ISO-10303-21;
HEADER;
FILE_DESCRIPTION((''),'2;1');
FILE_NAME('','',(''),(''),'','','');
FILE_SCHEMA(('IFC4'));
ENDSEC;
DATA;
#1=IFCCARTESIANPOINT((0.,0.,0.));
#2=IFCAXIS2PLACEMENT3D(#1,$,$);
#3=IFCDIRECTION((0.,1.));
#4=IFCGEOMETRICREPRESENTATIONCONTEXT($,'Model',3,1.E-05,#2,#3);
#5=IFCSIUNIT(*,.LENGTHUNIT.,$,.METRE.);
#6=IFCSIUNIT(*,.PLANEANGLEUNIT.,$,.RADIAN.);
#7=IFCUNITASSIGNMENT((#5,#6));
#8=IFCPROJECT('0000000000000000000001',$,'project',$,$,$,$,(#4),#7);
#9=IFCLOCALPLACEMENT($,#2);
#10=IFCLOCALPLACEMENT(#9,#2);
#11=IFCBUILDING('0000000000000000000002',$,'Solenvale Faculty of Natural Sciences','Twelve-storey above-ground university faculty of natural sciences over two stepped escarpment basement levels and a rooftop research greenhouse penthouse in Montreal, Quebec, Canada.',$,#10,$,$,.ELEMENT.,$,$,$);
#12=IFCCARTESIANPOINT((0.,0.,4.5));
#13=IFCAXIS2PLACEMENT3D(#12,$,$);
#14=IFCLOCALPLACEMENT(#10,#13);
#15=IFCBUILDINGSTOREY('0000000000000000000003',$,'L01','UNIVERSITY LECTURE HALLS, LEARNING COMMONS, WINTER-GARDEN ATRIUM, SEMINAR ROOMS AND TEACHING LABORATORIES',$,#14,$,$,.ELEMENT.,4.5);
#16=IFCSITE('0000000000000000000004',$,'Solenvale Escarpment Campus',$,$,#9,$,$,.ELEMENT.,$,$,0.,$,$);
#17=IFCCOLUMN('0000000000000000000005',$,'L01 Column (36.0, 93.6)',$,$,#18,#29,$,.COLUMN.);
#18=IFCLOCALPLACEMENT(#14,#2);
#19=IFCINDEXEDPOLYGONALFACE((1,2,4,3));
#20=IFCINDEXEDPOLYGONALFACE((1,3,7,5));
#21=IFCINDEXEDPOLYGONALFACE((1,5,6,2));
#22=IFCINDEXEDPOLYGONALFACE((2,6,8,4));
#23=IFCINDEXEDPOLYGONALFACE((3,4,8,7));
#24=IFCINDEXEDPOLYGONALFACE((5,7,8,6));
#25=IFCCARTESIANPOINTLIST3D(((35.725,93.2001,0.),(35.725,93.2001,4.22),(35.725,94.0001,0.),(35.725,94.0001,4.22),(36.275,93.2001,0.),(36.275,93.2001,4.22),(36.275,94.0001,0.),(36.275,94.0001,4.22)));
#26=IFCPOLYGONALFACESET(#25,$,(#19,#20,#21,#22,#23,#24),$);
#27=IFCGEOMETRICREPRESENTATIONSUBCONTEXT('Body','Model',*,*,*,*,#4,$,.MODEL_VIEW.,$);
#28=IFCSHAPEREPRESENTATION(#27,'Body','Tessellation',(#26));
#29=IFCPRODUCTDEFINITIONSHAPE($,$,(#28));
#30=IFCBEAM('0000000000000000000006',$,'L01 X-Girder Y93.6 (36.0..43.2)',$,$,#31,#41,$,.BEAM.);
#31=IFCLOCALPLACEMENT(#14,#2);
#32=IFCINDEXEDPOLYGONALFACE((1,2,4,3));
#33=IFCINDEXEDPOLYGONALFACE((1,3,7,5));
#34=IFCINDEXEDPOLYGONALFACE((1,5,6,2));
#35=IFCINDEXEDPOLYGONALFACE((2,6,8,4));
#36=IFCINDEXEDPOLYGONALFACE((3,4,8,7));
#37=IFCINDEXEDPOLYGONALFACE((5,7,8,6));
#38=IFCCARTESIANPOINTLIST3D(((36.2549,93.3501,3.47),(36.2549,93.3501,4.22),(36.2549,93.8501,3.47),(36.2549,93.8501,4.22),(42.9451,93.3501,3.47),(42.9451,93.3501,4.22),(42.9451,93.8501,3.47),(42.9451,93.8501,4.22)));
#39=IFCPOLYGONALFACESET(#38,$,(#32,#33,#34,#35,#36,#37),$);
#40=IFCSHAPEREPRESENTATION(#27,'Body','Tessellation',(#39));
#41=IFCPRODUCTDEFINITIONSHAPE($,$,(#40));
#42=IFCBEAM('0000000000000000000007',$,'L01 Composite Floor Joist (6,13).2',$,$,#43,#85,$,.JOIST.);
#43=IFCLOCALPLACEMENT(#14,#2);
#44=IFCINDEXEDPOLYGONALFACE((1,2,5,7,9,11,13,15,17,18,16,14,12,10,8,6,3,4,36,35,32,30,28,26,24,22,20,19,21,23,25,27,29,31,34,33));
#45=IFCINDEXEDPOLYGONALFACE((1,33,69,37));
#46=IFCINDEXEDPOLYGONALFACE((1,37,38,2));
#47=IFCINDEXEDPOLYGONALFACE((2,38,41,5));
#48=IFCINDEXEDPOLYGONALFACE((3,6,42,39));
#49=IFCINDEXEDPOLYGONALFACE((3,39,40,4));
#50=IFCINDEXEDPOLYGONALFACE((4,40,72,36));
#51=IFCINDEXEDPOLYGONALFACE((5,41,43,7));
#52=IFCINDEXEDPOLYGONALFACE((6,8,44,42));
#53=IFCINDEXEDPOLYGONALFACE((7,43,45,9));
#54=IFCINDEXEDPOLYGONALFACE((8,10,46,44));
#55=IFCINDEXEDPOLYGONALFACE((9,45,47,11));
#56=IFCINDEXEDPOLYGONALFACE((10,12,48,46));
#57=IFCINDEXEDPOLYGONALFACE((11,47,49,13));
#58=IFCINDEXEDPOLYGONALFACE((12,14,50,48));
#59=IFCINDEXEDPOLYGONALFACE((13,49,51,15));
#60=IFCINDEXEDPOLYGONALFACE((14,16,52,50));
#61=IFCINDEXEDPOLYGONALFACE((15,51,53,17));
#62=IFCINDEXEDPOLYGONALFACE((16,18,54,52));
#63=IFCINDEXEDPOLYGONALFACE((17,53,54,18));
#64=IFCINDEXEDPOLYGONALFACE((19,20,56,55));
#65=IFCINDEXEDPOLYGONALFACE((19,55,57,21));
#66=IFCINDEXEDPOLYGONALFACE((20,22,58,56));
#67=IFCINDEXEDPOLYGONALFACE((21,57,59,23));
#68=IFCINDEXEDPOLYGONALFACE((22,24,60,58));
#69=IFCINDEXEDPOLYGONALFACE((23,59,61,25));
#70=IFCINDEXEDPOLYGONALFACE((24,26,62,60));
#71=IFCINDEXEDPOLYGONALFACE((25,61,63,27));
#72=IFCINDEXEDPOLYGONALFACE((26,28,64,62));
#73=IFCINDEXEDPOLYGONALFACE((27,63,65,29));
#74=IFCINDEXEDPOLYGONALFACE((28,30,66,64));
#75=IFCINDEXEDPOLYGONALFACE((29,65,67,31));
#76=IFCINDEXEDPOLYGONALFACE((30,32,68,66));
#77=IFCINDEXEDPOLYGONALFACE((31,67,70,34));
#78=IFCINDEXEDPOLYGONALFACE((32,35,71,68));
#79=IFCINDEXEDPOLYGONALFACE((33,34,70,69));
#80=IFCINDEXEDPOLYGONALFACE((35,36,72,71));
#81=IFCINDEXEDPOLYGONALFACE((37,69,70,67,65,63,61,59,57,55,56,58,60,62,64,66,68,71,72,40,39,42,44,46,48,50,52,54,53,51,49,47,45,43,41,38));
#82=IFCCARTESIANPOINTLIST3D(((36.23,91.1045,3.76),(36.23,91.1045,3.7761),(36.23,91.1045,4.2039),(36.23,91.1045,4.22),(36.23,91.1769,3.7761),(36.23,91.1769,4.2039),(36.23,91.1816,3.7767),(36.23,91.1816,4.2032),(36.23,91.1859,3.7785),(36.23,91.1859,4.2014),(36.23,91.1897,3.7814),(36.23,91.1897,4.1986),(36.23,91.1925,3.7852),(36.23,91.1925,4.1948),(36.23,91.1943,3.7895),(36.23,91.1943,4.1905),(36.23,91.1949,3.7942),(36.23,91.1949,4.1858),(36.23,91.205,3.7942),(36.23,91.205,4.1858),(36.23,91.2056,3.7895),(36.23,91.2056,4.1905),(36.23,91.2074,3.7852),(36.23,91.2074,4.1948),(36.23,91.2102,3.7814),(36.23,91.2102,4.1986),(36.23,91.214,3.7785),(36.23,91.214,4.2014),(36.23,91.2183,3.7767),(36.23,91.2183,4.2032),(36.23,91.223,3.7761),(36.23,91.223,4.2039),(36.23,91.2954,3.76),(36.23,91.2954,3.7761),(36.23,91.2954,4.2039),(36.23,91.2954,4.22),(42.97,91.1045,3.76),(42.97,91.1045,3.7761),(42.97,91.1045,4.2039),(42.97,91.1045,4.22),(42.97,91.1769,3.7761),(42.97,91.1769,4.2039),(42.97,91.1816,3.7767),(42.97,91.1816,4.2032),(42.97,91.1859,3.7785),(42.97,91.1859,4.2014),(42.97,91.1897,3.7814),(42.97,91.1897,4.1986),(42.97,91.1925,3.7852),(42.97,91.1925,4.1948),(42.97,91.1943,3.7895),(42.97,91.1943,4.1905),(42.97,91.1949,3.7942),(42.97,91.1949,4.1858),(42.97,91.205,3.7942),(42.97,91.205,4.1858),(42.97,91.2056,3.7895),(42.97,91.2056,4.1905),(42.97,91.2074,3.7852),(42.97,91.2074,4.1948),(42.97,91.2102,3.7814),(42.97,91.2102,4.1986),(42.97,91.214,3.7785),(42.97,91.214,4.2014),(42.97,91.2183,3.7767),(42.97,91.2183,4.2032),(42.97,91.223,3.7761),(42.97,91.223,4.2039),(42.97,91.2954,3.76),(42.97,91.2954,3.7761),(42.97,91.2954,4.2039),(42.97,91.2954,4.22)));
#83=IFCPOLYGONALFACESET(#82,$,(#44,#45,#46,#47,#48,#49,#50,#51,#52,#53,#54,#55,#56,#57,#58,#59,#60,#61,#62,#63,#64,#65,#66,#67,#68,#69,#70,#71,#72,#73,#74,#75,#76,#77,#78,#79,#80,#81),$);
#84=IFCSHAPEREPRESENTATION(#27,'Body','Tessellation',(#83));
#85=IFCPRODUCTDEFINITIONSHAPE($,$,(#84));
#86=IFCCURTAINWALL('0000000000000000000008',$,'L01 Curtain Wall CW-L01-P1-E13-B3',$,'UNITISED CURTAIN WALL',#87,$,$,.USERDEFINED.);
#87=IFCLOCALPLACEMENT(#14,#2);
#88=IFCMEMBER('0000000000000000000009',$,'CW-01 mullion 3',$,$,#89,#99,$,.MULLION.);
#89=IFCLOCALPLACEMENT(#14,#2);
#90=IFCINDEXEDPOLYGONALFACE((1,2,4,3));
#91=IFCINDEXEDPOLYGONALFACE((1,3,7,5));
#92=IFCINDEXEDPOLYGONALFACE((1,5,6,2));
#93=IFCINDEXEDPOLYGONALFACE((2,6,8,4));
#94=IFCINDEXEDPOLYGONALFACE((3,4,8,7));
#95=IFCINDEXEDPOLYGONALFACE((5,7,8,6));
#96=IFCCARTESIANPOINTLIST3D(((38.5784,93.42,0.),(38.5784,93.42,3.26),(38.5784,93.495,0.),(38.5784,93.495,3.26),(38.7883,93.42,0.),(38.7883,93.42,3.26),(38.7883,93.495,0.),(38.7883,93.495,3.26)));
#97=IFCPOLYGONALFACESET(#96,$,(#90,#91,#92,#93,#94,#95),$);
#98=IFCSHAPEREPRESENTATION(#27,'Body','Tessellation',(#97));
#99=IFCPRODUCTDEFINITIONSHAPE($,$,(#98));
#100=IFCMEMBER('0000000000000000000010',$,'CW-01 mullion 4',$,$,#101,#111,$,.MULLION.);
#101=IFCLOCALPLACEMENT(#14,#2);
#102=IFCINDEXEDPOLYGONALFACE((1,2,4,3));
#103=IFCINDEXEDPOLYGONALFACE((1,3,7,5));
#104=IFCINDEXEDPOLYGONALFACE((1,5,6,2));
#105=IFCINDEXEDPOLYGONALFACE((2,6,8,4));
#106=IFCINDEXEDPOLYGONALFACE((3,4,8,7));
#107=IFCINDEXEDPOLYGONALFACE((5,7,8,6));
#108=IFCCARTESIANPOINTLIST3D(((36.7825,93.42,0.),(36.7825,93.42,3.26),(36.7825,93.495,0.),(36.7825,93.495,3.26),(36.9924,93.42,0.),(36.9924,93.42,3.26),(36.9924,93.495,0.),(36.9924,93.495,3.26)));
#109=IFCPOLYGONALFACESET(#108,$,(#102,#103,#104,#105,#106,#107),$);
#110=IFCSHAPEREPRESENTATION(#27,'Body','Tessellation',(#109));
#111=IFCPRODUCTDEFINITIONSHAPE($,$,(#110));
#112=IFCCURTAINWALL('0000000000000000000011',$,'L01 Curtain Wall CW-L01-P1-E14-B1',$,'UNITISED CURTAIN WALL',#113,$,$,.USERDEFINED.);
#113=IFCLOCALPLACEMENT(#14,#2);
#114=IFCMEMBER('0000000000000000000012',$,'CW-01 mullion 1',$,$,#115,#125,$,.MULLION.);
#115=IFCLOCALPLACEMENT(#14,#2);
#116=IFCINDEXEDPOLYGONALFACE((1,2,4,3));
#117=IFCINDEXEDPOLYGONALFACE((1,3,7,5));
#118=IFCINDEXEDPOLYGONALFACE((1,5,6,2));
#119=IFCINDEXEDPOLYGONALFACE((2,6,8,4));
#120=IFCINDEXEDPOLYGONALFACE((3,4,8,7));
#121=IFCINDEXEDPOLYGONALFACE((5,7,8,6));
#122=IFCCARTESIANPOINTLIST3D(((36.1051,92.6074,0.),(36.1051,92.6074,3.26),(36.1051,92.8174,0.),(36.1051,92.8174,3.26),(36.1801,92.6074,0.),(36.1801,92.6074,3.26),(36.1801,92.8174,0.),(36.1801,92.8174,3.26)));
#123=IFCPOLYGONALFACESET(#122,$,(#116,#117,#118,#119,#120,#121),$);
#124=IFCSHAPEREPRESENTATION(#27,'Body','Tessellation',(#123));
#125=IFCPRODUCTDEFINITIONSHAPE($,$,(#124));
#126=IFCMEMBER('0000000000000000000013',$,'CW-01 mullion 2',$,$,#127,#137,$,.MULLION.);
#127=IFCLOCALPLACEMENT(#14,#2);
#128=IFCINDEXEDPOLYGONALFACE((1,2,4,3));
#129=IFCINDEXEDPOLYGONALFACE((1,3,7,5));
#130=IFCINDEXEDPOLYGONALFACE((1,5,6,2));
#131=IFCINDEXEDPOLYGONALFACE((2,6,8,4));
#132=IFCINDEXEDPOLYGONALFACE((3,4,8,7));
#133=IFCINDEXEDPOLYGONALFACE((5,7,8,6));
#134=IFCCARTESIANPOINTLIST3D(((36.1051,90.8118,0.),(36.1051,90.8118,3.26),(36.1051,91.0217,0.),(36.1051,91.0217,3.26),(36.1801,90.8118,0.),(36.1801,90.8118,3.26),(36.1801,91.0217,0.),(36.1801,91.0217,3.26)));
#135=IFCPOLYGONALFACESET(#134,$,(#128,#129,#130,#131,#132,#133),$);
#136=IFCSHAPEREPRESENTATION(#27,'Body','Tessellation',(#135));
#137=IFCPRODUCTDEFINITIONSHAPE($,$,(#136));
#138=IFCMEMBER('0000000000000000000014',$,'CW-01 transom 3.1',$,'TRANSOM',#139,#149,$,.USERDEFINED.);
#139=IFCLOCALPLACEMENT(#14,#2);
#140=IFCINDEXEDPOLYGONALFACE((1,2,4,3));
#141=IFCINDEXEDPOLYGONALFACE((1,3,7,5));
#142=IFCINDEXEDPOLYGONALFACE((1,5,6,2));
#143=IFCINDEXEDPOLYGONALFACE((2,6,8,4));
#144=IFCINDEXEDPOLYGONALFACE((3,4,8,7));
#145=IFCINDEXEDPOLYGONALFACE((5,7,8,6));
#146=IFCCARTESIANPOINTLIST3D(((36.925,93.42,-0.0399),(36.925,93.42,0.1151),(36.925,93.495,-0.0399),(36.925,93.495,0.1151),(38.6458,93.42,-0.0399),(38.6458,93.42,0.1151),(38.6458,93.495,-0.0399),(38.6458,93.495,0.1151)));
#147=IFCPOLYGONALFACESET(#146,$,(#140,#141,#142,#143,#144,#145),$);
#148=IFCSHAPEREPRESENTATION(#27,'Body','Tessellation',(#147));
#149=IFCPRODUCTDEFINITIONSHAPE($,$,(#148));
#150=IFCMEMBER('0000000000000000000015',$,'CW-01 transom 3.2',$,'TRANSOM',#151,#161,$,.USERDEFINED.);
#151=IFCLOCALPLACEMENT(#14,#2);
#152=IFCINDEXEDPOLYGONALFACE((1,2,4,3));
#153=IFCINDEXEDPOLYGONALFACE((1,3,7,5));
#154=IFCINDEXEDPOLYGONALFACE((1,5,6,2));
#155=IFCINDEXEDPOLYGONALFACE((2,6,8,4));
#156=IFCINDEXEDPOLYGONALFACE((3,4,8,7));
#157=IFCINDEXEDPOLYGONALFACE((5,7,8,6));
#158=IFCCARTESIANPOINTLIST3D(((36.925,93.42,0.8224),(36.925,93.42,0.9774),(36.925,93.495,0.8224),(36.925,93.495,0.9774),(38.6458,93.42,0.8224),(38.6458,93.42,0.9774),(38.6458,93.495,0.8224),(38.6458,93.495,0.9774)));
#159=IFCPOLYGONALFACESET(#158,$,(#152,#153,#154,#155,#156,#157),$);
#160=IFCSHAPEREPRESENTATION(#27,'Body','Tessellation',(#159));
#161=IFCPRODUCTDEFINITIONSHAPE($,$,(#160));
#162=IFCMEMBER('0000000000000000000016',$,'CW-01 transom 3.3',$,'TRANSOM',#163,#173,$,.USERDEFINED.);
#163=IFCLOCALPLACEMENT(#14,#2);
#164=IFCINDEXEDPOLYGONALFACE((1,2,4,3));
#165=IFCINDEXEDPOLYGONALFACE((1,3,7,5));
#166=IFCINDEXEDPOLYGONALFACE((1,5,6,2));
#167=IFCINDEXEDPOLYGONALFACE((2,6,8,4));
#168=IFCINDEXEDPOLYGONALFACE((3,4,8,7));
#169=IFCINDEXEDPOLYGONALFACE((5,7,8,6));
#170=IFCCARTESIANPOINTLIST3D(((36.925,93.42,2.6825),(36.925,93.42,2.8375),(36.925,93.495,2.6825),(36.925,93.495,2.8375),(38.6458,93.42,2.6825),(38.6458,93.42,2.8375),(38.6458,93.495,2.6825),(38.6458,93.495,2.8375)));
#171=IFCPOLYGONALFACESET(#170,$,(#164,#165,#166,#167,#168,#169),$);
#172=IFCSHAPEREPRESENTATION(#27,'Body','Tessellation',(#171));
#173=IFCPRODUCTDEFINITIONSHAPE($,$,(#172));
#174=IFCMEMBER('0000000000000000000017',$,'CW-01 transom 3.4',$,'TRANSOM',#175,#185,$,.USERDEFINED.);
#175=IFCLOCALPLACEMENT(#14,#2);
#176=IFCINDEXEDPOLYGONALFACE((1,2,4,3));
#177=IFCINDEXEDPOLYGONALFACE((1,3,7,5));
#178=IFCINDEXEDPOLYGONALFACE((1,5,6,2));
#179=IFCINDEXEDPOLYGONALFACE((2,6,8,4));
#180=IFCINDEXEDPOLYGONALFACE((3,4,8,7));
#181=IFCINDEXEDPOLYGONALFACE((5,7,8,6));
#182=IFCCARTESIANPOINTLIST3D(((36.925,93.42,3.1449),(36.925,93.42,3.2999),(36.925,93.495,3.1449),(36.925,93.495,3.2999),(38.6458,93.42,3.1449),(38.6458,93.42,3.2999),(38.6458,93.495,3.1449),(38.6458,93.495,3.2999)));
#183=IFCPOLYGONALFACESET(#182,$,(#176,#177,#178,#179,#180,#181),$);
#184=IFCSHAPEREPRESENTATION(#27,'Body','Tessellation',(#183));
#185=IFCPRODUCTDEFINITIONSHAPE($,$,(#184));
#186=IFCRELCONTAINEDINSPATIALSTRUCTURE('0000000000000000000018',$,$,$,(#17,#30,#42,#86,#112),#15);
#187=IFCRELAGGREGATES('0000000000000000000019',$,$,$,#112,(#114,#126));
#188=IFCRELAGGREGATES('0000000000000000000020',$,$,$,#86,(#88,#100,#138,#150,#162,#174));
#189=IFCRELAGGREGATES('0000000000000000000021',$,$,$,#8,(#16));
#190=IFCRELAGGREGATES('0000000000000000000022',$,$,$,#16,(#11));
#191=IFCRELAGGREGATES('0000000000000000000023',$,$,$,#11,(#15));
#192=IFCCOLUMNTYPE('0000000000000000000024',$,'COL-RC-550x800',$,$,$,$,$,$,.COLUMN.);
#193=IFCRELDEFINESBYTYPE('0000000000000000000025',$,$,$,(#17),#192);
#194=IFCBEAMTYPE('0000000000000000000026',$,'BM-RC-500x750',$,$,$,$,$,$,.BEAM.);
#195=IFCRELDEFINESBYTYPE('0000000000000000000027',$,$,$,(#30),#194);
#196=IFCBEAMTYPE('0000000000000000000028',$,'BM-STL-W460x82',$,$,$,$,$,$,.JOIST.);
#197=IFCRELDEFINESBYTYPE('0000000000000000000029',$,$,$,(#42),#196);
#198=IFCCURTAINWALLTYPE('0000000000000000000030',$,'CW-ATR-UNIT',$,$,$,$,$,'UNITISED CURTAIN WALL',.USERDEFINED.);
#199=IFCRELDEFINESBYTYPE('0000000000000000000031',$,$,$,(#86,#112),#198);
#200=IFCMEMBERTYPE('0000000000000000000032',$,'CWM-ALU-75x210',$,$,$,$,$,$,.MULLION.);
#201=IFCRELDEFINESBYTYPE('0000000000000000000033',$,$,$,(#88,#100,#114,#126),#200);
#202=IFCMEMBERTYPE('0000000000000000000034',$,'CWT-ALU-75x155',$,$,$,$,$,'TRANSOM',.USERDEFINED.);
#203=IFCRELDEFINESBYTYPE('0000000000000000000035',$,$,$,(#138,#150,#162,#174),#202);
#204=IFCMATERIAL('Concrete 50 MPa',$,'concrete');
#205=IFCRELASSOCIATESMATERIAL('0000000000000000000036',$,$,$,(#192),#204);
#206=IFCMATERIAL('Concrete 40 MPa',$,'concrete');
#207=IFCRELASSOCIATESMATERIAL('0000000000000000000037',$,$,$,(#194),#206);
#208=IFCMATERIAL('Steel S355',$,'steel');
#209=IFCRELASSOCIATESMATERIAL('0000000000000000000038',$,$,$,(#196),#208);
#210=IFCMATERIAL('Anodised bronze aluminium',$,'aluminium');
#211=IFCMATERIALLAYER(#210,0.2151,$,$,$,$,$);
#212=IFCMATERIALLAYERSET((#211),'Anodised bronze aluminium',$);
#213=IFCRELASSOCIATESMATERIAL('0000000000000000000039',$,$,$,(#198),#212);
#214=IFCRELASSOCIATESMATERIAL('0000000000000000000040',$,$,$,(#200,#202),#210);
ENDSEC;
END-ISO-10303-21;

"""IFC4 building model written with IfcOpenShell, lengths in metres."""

from ifc_helpers import new_model, si_unit, direction, frame, origin, origin_2d, place, context, subcontext, project, spatial, rectangle, i_section, extrude, material, layer, layer_set, material_profile, profile_set, type_object, element, aggregate, save


model = new_model("IFC4")

# Units and contexts
model_context = context("Model", 3, precision=1e-05, world=origin(), true_north=direction((0.0, 1.0)))
body_context = subcontext(model_context, "Body", "Model", "MODEL_VIEW")
ifc_project = project(units=[si_unit("LENGTHUNIT", "METRE"), si_unit("PLANEANGLEUNIT", "RADIAN")], contexts=[model_context])

# Site, building, storey
site_placement = place(None, origin())
site = spatial("IfcSite", under=ifc_project, at=site_placement, Name="Solenvale Escarpment Campus", CompositionType="ELEMENT", RefElevation=0.0)
building_placement = place(site_placement, origin())
building = spatial("IfcBuilding", under=site, at=building_placement, Name="Solenvale Faculty of Natural Sciences", Description="Twelve-storey above-ground university faculty of natural sciences over two stepped escarpment basement levels and a rooftop research greenhouse penthouse in Montreal, Quebec, Canada.", CompositionType="ELEMENT")
storey_placement = place(building_placement, frame((0.0, 0.0, 4.5)))
storey = spatial("IfcBuildingStorey", under=building, at=storey_placement, Name="L01", Description="UNIVERSITY LECTURE HALLS, LEARNING COMMONS, WINTER-GARDEN ATRIUM, SEMINAR ROOMS AND TEACHING LABORATORIES", CompositionType="ELEMENT", Elevation=4.5)

# Column
ifc_material_1 = material(Name="Concrete 50 MPa", Category="concrete")
ifc_material_profile_1 = material_profile(ifc_material_1, rectangle(XDim=0.55, YDim=0.8, at=origin_2d()), Name="RC-COL-550x800")
ifc_profile_set_1 = profile_set([ifc_material_profile_1], Name="Concrete 50 MPa")
column_type = type_object("IfcColumnType", Name="COL-RC-550x800", PredefinedType="COLUMN", material=ifc_profile_set_1)
column_placement = place(storey_placement, frame((36.0, 93.6001, 0.0), z_axis=(0.0, 0.0, 1.0), x_axis=(1.0, 0.0, 0.0)))
element("IfcColumn", 1, at=column_placement, inside=storey, type_object=column_type, Name="L01 Column (36.0, 93.6)", PredefinedType="COLUMN", context=body_context, shape_type="SweptSolid", body=[
    extrude(rectangle(XDim=0.55, YDim=0.8, at=origin_2d()), origin(), (0.0, 0.0, 1.0), 4.22),
])

# Beams
ifc_material_2 = material(Name="Concrete 40 MPa", Category="concrete")
ifc_material_profile_2 = material_profile(ifc_material_2, rectangle(XDim=0.5, YDim=0.75, at=origin_2d()), Name="RC-BM-500x750")
ifc_profile_set_2 = profile_set([ifc_material_profile_2], Name="Concrete 40 MPa")
beam_type_1 = type_object("IfcBeamType", Name="BM-RC-500x750", PredefinedType="BEAM", material=ifc_profile_set_2)
beam_1_placement = place(storey_placement, frame((36.2549, 93.6001, 3.845), z_axis=(1.0, 0.0, 0.0), x_axis=(0.0, 1.0, 0.0)))
element("IfcBeam", 2, at=beam_1_placement, inside=storey, type_object=beam_type_1, Name="L01 X-Girder Y93.6 (36.0..43.2)", PredefinedType="BEAM", context=body_context, shape_type="SweptSolid", body=[
    extrude(rectangle(XDim=0.5, YDim=0.75, at=origin_2d()), origin(), (0.0, 0.0, 1.0), 6.6902),
])
ifc_material_3 = material(Name="Steel S355", Category="steel")
ifc_material_profile_3 = material_profile(ifc_material_3, i_section(OverallWidth=0.1909, OverallDepth=0.46, WebThickness=0.01, FlangeThickness=0.0161, FilletRadius=0.0181, at=origin_2d()), Name="W460x82")
ifc_profile_set_3 = profile_set([ifc_material_profile_3], Name="Steel S355")
beam_type_2 = type_object("IfcBeamType", Name="BM-STL-W460x82", PredefinedType="JOIST", material=ifc_profile_set_3)
beam_2_placement = place(storey_placement, frame((36.23, 91.2, 3.99), z_axis=(1.0, 0.0, 0.0), x_axis=(0.0, 1.0, 0.0)))
element("IfcBeam", 3, at=beam_2_placement, inside=storey, type_object=beam_type_2, Name="L01 Composite Floor Joist (6,13).2", PredefinedType="JOIST", context=body_context, shape_type="SweptSolid", body=[
    extrude(i_section(OverallWidth=0.1909, OverallDepth=0.46, WebThickness=0.01, FlangeThickness=0.0161, FilletRadius=0.0181, at=origin_2d()), origin(), (0.0, 0.0, 1.0), 6.74),
])

# Curtain walls, members
ifc_material_4 = material(Name="Anodised bronze aluminium", Category="aluminium")
ifc_layer_1 = layer(ifc_material_4, 0.2151)
ifc_layer_set_1 = layer_set([ifc_layer_1], Name="Anodised bronze aluminium")
curtain_wall_type = type_object("IfcCurtainWallType", Name="CW-ATR-UNIT", ElementType="UNITISED CURTAIN WALL", PredefinedType="USERDEFINED", material=ifc_layer_set_1)
curtain_wall_1_placement = place(storey_placement, origin())
curtain_wall_1 = element("IfcCurtainWall", 4, at=curtain_wall_1_placement, inside=storey, type_object=curtain_wall_type, Name="L01 Curtain Wall CW-L01-P1-E13-B3", ObjectType="UNITISED CURTAIN WALL", PredefinedType="USERDEFINED")
ifc_material_profile_4 = material_profile(ifc_material_4, rectangle(XDim=0.075, YDim=0.21, at=origin_2d()), Name="ALU-MUL-75x210")
ifc_profile_set_4 = profile_set([ifc_material_profile_4], Name="Anodised bronze aluminium")
member_type_1 = type_object("IfcMemberType", Name="CWM-ALU-75x210", PredefinedType="MULLION", material=ifc_profile_set_4)
member_1_placement = place(storey_placement, frame((38.6833, 93.4575, 0.0), z_axis=(0.0, 0.0, 1.0), x_axis=(0.0, -1.0, 0.0)))
member_1 = element("IfcMember", 5, at=member_1_placement, type_object=member_type_1, Name="CW-01 mullion 3", PredefinedType="MULLION", context=body_context, shape_type="SweptSolid", body=[
    extrude(rectangle(XDim=0.075, YDim=0.21, at=origin_2d()), origin(), (0.0, 0.0, 1.0), 3.26),
])
member_2_placement = place(storey_placement, frame((36.8875, 93.4575, 0.0), z_axis=(0.0, 0.0, 1.0), x_axis=(0.0, -1.0, 0.0)))
member_2 = element("IfcMember", 6, at=member_2_placement, type_object=member_type_1, Name="CW-01 mullion 4", PredefinedType="MULLION", context=body_context, shape_type="SweptSolid", body=[
    extrude(rectangle(XDim=0.075, YDim=0.21, at=origin_2d()), origin(), (0.0, 0.0, 1.0), 3.26),
])
curtain_wall_2_placement = place(storey_placement, origin())
curtain_wall_2 = element("IfcCurtainWall", 7, at=curtain_wall_2_placement, inside=storey, type_object=curtain_wall_type, Name="L01 Curtain Wall CW-L01-P1-E14-B1", ObjectType="UNITISED CURTAIN WALL", PredefinedType="USERDEFINED")
member_3_placement = place(storey_placement, frame((36.1426, 92.7124, 0.0), z_axis=(0.0, 0.0, 1.0), x_axis=(1.0, 0.0, 0.0)))
member_3 = element("IfcMember", 8, at=member_3_placement, type_object=member_type_1, Name="CW-01 mullion 1", PredefinedType="MULLION", context=body_context, shape_type="SweptSolid", body=[
    extrude(rectangle(XDim=0.075, YDim=0.21, at=origin_2d()), origin(), (0.0, 0.0, 1.0), 3.26),
])
member_4_placement = place(storey_placement, frame((36.1426, 90.9167, 0.0), z_axis=(0.0, 0.0, 1.0), x_axis=(1.0, 0.0, 0.0)))
member_4 = element("IfcMember", 9, at=member_4_placement, type_object=member_type_1, Name="CW-01 mullion 2", PredefinedType="MULLION", context=body_context, shape_type="SweptSolid", body=[
    extrude(rectangle(XDim=0.075, YDim=0.21, at=origin_2d()), origin(), (0.0, 0.0, 1.0), 3.26),
])

# Members
ifc_material_profile_5 = material_profile(ifc_material_4, rectangle(XDim=0.075, YDim=0.155, at=origin_2d()), Name="ALU-TRN-75x155")
ifc_profile_set_5 = profile_set([ifc_material_profile_5], Name="Anodised bronze aluminium")
member_type_2 = type_object("IfcMemberType", Name="CWT-ALU-75x155", ElementType="TRANSOM", PredefinedType="USERDEFINED", material=ifc_profile_set_5)
member_5_placement = place(storey_placement, frame((38.6458, 93.4575, 0.0376), z_axis=(-1.0, 0.0, 0.0), x_axis=(0.0, -1.0, 0.0)))
member_5 = element("IfcMember", 10, at=member_5_placement, type_object=member_type_2, Name="CW-01 transom 3.1", ObjectType="TRANSOM", PredefinedType="USERDEFINED", context=body_context, shape_type="SweptSolid", body=[
    extrude(rectangle(XDim=0.075, YDim=0.155, at=origin_2d()), origin(), (0.0, 0.0, 1.0), 1.7207),
])
member_6_placement = place(storey_placement, frame((38.6458, 93.4575, 0.8999), z_axis=(-1.0, 0.0, 0.0), x_axis=(0.0, -1.0, 0.0)))
member_6 = element("IfcMember", 11, at=member_6_placement, type_object=member_type_2, Name="CW-01 transom 3.2", ObjectType="TRANSOM", PredefinedType="USERDEFINED", context=body_context, shape_type="SweptSolid", body=[
    extrude(rectangle(XDim=0.075, YDim=0.155, at=origin_2d()), origin(), (0.0, 0.0, 1.0), 1.7207),
])
member_7_placement = place(storey_placement, frame((38.6458, 93.4575, 2.76), z_axis=(-1.0, 0.0, 0.0), x_axis=(0.0, -1.0, 0.0)))
member_7 = element("IfcMember", 12, at=member_7_placement, type_object=member_type_2, Name="CW-01 transom 3.3", ObjectType="TRANSOM", PredefinedType="USERDEFINED", context=body_context, shape_type="SweptSolid", body=[
    extrude(rectangle(XDim=0.075, YDim=0.155, at=origin_2d()), origin(), (0.0, 0.0, 1.0), 1.7207),
])
member_8_placement = place(storey_placement, frame((38.6458, 93.4575, 3.2224), z_axis=(-1.0, 0.0, 0.0), x_axis=(0.0, -1.0, 0.0)))
member_8 = element("IfcMember", 13, at=member_8_placement, type_object=member_type_2, Name="CW-01 transom 3.4", ObjectType="TRANSOM", PredefinedType="USERDEFINED", context=body_context, shape_type="SweptSolid", body=[
    extrude(rectangle(XDim=0.075, YDim=0.155, at=origin_2d()), origin(), (0.0, 0.0, 1.0), 1.7207),
])

aggregate(curtain_wall_2, [member_3, member_4])
aggregate(curtain_wall_1, [member_1, member_2, member_5, member_6, member_7, member_8])

save(model, "model.ifc")
